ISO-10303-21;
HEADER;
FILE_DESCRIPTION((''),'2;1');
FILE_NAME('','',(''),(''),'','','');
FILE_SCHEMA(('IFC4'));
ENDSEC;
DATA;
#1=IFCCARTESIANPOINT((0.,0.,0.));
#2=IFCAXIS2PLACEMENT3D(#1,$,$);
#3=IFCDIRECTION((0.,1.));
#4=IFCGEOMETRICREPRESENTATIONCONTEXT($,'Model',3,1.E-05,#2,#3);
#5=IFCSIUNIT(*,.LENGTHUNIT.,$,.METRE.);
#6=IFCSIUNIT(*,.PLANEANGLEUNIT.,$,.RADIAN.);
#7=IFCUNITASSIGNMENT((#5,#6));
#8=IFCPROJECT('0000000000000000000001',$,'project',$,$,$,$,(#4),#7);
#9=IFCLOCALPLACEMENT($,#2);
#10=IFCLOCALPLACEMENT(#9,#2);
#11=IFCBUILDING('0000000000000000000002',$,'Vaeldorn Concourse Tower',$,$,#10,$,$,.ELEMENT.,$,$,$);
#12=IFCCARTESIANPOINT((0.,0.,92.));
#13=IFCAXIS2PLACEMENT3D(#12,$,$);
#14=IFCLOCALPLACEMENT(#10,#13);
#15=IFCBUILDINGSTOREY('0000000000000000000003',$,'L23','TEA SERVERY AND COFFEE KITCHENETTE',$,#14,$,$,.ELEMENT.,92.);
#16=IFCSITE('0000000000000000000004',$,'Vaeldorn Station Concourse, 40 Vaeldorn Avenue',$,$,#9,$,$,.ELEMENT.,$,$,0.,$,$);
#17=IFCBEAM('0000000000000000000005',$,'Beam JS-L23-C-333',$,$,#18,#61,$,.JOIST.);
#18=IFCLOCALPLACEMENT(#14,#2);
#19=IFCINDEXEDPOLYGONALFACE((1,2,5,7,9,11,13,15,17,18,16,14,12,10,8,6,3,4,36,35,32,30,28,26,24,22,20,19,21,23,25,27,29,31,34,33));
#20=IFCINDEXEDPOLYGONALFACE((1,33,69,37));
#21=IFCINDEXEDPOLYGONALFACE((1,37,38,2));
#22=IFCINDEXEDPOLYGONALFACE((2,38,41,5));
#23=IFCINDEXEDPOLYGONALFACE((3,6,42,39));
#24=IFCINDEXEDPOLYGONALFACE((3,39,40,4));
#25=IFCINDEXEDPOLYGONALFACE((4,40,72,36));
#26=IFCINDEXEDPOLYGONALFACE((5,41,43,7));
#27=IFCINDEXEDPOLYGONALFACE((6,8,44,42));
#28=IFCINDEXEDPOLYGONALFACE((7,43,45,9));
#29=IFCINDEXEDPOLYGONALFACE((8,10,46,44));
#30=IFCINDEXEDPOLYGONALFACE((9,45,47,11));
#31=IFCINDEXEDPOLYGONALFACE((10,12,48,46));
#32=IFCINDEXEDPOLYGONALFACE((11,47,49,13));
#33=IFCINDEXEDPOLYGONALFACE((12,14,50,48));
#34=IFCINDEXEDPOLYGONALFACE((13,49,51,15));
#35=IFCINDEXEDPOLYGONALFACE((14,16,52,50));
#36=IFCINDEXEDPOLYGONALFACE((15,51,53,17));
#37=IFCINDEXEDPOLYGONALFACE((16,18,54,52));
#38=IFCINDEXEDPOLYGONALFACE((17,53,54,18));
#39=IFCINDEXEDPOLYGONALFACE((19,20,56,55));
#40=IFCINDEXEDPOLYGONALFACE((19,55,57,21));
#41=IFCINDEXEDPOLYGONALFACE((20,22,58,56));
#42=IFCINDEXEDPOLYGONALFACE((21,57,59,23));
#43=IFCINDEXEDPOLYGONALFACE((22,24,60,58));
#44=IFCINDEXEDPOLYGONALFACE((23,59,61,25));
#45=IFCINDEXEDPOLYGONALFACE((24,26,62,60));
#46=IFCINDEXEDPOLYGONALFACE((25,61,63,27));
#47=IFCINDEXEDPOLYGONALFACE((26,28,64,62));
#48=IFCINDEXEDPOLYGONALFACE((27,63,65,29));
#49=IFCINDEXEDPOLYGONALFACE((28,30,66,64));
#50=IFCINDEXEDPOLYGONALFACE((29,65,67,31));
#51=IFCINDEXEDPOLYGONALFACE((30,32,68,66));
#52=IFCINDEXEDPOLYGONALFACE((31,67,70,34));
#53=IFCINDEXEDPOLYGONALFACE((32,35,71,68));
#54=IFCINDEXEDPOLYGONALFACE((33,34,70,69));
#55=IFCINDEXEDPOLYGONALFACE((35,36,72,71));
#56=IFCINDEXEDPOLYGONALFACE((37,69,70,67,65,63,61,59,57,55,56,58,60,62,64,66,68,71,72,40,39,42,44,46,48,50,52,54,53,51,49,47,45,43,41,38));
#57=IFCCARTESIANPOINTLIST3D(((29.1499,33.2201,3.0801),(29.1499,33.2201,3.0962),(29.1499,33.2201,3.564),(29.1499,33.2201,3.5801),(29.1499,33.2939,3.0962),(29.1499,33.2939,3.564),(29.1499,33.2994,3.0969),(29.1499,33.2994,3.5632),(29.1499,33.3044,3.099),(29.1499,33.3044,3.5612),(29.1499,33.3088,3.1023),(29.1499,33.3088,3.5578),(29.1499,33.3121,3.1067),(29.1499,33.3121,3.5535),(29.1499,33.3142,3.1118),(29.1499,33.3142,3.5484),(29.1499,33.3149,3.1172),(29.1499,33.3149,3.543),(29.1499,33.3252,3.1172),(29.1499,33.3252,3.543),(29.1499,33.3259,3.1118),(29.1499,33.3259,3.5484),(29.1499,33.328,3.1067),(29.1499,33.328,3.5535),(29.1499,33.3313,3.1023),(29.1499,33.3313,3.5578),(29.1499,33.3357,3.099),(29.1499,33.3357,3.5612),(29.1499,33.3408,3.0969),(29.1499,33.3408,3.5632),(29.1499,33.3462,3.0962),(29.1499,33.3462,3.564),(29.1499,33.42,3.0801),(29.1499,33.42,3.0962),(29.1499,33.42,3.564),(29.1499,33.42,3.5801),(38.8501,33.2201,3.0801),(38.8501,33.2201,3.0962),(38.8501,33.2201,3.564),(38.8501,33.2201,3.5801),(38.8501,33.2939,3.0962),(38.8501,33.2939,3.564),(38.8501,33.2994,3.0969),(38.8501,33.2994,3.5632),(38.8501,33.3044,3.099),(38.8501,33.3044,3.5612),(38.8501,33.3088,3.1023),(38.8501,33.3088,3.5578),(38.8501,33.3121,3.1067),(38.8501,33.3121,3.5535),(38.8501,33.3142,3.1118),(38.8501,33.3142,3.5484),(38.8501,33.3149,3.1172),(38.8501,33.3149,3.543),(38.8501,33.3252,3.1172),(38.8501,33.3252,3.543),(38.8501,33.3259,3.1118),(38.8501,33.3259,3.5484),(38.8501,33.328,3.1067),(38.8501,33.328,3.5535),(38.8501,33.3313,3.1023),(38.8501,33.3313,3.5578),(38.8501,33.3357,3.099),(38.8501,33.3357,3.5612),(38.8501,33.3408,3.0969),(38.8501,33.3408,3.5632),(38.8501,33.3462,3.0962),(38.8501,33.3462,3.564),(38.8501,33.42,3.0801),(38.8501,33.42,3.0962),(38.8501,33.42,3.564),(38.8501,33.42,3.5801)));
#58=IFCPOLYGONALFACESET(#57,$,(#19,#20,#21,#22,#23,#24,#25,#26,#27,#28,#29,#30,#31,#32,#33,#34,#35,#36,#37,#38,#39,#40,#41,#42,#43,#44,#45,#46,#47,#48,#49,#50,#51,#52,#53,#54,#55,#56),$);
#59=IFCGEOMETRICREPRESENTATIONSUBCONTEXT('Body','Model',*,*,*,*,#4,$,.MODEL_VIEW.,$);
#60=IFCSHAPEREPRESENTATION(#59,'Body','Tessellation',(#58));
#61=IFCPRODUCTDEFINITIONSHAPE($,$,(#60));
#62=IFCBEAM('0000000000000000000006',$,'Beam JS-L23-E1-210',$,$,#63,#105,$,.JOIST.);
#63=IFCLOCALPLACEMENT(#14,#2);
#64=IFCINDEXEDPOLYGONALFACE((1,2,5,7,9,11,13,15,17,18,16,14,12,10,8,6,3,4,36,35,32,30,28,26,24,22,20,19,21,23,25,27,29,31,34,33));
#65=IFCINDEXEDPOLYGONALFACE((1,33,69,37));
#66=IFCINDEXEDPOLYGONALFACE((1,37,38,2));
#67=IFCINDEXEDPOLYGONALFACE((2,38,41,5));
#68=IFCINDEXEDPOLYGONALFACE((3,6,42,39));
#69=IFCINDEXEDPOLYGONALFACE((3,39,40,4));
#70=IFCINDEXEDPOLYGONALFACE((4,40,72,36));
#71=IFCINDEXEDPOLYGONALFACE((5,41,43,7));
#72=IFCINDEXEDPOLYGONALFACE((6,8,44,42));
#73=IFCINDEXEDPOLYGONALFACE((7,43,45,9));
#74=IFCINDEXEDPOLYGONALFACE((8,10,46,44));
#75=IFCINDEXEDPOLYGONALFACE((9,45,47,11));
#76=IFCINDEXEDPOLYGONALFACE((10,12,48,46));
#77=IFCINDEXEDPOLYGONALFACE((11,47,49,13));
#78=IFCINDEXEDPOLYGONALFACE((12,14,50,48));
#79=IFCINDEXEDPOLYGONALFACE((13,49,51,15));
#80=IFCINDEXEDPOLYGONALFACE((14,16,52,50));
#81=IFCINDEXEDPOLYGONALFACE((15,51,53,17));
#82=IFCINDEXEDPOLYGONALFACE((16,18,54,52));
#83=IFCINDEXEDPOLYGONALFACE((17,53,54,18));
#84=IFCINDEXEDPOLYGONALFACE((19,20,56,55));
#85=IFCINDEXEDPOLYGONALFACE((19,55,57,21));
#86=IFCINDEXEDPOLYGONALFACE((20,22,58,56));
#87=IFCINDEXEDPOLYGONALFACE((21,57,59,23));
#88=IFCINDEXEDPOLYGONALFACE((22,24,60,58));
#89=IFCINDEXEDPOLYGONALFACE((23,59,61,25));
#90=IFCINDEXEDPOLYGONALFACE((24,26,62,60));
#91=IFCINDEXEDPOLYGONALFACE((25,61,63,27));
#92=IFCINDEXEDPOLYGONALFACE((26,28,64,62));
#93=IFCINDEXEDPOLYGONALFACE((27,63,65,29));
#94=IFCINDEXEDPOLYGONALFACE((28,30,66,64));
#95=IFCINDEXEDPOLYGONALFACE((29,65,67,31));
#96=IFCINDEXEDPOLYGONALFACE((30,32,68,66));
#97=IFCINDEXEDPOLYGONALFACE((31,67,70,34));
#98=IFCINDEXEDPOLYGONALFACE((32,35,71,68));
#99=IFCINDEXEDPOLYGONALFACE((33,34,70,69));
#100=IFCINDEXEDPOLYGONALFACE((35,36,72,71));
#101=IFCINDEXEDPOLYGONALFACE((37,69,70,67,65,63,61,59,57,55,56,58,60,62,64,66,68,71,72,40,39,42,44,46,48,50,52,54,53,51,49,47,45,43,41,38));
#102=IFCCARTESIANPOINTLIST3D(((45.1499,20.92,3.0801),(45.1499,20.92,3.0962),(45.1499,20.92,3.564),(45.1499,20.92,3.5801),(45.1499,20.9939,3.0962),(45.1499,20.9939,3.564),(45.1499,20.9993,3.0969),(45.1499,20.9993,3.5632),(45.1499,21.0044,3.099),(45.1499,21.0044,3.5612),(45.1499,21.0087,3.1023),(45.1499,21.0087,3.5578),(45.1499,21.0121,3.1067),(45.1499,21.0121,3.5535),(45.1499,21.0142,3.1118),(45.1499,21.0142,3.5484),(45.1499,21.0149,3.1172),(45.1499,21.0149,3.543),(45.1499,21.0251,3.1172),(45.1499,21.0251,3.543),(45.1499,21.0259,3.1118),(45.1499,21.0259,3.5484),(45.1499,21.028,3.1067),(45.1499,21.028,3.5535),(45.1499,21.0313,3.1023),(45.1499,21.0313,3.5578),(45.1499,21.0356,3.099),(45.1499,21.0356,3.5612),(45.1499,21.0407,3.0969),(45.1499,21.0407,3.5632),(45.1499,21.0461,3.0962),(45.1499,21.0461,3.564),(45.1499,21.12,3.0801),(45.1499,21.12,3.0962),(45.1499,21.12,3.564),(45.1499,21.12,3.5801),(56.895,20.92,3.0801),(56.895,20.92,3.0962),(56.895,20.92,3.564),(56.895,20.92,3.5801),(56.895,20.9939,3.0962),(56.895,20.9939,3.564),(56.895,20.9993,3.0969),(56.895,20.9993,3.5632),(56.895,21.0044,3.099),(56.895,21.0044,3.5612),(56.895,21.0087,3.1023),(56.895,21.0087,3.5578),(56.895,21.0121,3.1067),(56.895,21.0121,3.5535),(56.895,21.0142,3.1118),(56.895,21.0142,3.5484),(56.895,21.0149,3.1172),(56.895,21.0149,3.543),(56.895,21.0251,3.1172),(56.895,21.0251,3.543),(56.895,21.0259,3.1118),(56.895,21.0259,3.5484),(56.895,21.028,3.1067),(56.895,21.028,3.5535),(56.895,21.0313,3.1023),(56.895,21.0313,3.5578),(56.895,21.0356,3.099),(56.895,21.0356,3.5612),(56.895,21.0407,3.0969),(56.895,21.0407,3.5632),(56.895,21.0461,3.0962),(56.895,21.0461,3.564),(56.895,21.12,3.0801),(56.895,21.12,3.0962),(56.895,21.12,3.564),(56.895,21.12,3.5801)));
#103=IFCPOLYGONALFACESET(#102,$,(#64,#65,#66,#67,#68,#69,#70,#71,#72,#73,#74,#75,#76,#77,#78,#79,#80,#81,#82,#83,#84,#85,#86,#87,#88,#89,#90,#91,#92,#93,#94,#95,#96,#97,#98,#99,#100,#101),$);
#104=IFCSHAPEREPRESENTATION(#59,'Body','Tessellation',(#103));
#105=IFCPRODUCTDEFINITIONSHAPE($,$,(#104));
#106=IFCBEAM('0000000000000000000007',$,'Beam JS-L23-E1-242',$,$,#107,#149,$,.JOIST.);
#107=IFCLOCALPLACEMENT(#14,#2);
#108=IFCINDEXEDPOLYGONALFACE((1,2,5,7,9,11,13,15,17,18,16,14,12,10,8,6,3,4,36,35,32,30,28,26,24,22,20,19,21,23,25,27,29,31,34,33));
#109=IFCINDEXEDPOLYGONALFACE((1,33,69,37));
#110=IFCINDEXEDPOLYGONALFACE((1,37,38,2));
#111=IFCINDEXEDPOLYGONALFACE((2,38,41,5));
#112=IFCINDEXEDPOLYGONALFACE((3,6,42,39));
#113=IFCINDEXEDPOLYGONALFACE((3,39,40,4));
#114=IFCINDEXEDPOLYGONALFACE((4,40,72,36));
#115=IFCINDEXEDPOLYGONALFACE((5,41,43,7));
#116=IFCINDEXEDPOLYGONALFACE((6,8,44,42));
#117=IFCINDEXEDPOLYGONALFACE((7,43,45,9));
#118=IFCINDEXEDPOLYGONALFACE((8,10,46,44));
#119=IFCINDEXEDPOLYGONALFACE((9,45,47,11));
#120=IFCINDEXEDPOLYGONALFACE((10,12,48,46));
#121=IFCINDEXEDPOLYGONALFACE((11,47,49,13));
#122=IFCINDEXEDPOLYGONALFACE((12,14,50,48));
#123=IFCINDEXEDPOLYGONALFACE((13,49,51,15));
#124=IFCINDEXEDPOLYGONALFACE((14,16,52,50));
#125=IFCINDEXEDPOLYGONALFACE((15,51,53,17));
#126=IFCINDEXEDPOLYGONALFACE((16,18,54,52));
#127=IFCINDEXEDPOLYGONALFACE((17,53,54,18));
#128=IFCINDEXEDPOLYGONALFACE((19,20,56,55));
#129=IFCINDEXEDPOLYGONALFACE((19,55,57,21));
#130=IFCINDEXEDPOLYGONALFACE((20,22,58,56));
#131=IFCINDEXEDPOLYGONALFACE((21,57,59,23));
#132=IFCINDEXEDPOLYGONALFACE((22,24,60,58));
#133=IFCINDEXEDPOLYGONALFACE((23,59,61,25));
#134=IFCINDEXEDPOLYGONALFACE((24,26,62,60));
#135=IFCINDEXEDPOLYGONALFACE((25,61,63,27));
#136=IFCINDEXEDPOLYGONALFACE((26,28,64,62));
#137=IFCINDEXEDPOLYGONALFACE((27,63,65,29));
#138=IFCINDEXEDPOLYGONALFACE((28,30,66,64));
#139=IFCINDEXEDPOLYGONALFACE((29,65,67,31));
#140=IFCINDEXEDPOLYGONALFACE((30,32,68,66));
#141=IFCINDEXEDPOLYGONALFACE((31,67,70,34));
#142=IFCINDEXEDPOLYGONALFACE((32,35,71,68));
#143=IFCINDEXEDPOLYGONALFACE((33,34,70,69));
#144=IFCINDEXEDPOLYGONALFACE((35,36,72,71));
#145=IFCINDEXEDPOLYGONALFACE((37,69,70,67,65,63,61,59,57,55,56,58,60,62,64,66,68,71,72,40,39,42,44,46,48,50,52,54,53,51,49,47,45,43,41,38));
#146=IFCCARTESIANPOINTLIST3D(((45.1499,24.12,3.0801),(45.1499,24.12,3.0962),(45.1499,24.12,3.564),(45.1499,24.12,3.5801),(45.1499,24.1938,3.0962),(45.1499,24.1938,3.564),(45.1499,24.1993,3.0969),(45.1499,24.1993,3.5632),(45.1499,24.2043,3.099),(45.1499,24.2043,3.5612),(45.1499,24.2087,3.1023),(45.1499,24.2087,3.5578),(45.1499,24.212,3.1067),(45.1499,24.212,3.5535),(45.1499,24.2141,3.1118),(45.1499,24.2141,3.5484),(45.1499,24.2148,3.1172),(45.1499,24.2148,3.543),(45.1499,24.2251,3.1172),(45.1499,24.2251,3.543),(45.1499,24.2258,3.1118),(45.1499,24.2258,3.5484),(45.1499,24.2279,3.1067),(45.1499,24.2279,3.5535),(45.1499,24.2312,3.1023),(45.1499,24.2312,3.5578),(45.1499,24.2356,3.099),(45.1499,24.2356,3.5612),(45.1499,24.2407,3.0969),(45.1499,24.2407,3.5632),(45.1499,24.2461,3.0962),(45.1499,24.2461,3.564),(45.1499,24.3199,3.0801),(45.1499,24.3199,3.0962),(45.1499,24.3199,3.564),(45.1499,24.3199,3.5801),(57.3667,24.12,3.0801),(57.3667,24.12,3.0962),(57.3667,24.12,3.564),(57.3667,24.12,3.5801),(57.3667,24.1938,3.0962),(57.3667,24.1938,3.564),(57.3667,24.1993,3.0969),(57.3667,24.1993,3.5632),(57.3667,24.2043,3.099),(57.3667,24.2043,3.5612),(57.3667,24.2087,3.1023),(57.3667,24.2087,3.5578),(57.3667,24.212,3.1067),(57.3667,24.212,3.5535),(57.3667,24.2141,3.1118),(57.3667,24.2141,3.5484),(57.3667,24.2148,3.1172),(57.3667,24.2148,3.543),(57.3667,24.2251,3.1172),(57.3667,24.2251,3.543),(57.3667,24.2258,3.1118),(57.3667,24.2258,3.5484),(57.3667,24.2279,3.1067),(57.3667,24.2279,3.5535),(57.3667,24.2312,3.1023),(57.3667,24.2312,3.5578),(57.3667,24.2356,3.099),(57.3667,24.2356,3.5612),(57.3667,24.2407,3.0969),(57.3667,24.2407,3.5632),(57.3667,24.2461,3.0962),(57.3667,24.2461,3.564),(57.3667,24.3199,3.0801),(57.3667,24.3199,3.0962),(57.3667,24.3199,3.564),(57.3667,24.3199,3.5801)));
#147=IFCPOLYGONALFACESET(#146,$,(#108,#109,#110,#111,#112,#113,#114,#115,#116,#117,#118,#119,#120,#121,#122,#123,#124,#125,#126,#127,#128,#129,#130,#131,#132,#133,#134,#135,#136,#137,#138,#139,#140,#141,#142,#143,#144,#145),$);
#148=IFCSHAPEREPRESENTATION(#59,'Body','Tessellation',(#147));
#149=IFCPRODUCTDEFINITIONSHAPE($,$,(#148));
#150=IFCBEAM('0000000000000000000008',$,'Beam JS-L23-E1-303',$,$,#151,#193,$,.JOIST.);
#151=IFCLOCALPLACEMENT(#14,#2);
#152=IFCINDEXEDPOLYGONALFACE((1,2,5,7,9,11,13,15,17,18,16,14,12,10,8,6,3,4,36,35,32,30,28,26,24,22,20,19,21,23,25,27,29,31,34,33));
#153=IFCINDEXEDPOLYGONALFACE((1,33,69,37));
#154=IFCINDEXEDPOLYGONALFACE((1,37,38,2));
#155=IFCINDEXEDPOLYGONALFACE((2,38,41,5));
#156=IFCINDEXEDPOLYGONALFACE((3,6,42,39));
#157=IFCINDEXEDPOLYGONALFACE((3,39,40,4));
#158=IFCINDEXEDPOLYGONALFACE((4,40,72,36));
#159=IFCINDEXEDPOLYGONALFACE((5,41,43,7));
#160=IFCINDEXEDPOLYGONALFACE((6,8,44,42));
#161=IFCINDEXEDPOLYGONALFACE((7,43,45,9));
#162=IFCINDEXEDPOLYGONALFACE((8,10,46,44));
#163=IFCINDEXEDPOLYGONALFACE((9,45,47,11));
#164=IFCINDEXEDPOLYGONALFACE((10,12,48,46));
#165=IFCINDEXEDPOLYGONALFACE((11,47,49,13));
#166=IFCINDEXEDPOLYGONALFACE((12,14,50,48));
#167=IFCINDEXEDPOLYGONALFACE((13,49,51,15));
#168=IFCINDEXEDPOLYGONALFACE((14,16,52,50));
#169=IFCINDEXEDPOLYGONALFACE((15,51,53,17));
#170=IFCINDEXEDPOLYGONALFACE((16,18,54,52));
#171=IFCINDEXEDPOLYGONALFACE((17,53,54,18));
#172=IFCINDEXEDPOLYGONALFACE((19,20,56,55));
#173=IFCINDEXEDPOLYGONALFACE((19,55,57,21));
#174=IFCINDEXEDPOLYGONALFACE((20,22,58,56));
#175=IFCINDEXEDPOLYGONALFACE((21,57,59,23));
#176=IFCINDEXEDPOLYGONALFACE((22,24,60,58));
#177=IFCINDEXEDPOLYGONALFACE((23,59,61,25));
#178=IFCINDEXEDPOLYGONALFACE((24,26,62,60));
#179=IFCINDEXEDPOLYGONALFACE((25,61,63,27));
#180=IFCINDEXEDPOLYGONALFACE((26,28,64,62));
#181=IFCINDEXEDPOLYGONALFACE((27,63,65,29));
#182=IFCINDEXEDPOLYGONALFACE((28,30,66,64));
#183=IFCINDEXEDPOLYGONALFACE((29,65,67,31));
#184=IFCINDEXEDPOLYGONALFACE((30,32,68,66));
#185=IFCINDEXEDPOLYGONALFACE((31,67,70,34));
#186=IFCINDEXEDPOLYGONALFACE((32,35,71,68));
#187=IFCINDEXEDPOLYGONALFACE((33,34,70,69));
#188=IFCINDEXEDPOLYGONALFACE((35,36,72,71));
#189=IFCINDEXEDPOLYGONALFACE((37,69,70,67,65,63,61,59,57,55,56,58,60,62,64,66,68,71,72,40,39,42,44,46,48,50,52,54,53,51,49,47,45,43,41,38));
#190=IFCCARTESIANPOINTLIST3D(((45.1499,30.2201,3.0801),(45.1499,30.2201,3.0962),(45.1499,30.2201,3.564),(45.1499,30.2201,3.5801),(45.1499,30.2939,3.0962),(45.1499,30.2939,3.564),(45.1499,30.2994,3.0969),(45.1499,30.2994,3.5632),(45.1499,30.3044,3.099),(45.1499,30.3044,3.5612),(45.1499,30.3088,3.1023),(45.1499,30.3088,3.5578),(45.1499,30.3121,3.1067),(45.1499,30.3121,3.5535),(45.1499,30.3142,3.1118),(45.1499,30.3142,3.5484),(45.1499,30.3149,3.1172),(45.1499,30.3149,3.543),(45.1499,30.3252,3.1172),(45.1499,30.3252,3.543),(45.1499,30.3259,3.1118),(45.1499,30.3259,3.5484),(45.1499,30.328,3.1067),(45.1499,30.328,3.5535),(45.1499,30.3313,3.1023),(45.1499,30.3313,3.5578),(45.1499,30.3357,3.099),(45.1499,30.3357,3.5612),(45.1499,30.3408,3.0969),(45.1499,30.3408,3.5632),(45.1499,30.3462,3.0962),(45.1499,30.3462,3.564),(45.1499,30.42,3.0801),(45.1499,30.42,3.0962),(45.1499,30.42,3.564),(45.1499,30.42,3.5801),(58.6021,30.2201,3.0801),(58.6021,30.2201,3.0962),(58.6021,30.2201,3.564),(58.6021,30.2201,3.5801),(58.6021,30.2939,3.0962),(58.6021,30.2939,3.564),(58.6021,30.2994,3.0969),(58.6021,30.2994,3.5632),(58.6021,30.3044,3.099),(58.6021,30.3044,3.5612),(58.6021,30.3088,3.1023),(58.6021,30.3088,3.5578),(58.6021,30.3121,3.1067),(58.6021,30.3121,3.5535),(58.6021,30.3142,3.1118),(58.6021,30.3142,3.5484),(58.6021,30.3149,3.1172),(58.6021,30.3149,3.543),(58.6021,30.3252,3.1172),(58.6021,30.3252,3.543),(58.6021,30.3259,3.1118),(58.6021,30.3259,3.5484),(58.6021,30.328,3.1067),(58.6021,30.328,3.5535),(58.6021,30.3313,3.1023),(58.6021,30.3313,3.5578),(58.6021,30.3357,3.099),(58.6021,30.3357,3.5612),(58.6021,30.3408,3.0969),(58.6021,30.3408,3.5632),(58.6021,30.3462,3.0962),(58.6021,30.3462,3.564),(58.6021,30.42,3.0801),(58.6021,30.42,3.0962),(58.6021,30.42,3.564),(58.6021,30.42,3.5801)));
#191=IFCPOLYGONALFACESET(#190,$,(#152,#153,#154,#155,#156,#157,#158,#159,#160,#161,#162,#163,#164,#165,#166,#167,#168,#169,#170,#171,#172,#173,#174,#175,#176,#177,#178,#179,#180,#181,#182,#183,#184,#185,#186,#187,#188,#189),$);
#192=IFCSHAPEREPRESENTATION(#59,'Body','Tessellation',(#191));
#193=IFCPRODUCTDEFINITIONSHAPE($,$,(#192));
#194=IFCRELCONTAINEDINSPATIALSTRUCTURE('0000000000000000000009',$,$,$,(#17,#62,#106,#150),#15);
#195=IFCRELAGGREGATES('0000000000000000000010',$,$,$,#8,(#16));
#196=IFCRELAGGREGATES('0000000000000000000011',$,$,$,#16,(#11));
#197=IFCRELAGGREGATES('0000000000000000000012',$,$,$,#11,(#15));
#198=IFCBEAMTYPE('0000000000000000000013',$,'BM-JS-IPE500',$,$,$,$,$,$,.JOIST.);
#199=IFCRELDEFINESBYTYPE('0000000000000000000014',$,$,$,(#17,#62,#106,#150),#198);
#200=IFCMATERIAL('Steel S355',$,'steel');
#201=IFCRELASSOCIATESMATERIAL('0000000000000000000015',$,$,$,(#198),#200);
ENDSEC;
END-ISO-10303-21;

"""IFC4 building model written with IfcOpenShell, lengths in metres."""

from ifc_helpers import new_model, si_unit, direction, frame, origin, origin_2d, place, context, subcontext, project, spatial, i_section, extrude, source, transform, mapped, material, material_profile, profile_set, type_object, element, save


model = new_model("IFC4")

# Units and contexts
model_context = context("Model", 3, precision=1e-05, world=origin(), true_north=direction((0.0, 1.0)))
body_context = subcontext(model_context, "Body", "Model", "MODEL_VIEW")
ifc_project = project(units=[si_unit("LENGTHUNIT", "METRE"), si_unit("PLANEANGLEUNIT", "RADIAN")], contexts=[model_context])

# Site, building, storey
site_placement = place(None, origin())
site = spatial("IfcSite", under=ifc_project, at=site_placement, Name="Vaeldorn Station Concourse, 40 Vaeldorn Avenue", CompositionType="ELEMENT", RefElevation=0.0)
building_placement = place(site_placement, origin())
building = spatial("IfcBuilding", under=site, at=building_placement, Name="Vaeldorn Concourse Tower", CompositionType="ELEMENT")
storey_placement = place(building_placement, frame((0.0, 0.0, 92.0)))
storey = spatial("IfcBuildingStorey", under=building, at=storey_placement, Name="L23", Description="TEA SERVERY AND COFFEE KITCHENETTE", CompositionType="ELEMENT", Elevation=92.0)

# Beams
ifc_material_1 = material(Name="Steel S355", Category="steel")
ifc_material_profile_1 = material_profile(ifc_material_1, i_section(OverallWidth=0.2, OverallDepth=0.5, WebThickness=0.0103, FlangeThickness=0.0161, FilletRadius=0.021, at=origin_2d()), Name="IPE 500")
ifc_profile_set_1 = profile_set([ifc_material_profile_1], Name="Steel S355")
beam_type_1 = type_object("IfcBeamType", Name="BM-JS-IPE500", PredefinedType="JOIST", material=ifc_profile_set_1)
shared_shape_1 = source(origin(), body_context, "Body", "SweptSolid", [
    extrude(i_section(OverallWidth=0.2, OverallDepth=0.5, WebThickness=0.0103, FlangeThickness=0.0161, FilletRadius=0.021, at=origin_2d()), origin(), (0.0, 0.0, 1.0), 9.7002),
])
for number, where, z_axis, x_axis, name in (
    (1, (29.1499, 33.3201, 3.3301), (1.0, 0.0, 0.0), (0.0, 1.0, 0.0), "Beam JS-L23-C-333"),
):
    element("IfcBeam", number, at=place(storey_placement, frame(where, z_axis=z_axis, x_axis=x_axis)), inside=storey, type_object=beam_type_1, Name=name, PredefinedType="JOIST", context=body_context, shape_type="MappedRepresentation", body=[
        mapped(shared_shape_1, transform((0.0, 0.0, 0.0), scale=1.0)),
    ])
shared_shape_2 = source(origin(), body_context, "Body", "SweptSolid", [
    extrude(i_section(OverallWidth=0.2, OverallDepth=0.5, WebThickness=0.0103, FlangeThickness=0.0161, FilletRadius=0.021, at=origin_2d()), origin(), (0.0, 0.0, 1.0), 11.7451),
])
beam_1_placement = place(storey_placement, frame((45.1499, 21.02, 3.3301), z_axis=(1.0, 0.0, 0.0), x_axis=(0.0, 1.0, 0.0)))
element("IfcBeam", 2, at=beam_1_placement, inside=storey, type_object=beam_type_1, Name="Beam JS-L23-E1-210", PredefinedType="JOIST", context=body_context, shape_type="MappedRepresentation", body=[
    mapped(shared_shape_2, transform((0.0, 0.0, 0.0), scale=1.0)),
])
shared_shape_3 = source(origin(), body_context, "Body", "SweptSolid", [
    extrude(i_section(OverallWidth=0.2, OverallDepth=0.5, WebThickness=0.0103, FlangeThickness=0.0161, FilletRadius=0.021, at=origin_2d()), origin(), (0.0, 0.0, 1.0), 12.2168),
])
beam_2_placement = place(storey_placement, frame((45.1499, 24.22, 3.3301), z_axis=(1.0, 0.0, 0.0), x_axis=(0.0, 1.0, 0.0)))
element("IfcBeam", 3, at=beam_2_placement, inside=storey, type_object=beam_type_1, Name="Beam JS-L23-E1-242", PredefinedType="JOIST", context=body_context, shape_type="MappedRepresentation", body=[
    mapped(shared_shape_3, transform((0.0, 0.0, 0.0), scale=1.0)),
])
shared_shape_4 = source(origin(), body_context, "Body", "SweptSolid", [
    extrude(i_section(OverallWidth=0.2, OverallDepth=0.5, WebThickness=0.0103, FlangeThickness=0.0161, FilletRadius=0.021, at=origin_2d()), origin(), (0.0, 0.0, 1.0), 13.4521),
])
beam_3_placement = place(storey_placement, frame((45.1499, 30.3201, 3.3301), z_axis=(1.0, 0.0, 0.0), x_axis=(0.0, 1.0, 0.0)))
element("IfcBeam", 4, at=beam_3_placement, inside=storey, type_object=beam_type_1, Name="Beam JS-L23-E1-303", PredefinedType="JOIST", context=body_context, shape_type="MappedRepresentation", body=[
    mapped(shared_shape_4, transform((0.0, 0.0, 0.0), scale=1.0)),
])

save(model, "model.ifc")
